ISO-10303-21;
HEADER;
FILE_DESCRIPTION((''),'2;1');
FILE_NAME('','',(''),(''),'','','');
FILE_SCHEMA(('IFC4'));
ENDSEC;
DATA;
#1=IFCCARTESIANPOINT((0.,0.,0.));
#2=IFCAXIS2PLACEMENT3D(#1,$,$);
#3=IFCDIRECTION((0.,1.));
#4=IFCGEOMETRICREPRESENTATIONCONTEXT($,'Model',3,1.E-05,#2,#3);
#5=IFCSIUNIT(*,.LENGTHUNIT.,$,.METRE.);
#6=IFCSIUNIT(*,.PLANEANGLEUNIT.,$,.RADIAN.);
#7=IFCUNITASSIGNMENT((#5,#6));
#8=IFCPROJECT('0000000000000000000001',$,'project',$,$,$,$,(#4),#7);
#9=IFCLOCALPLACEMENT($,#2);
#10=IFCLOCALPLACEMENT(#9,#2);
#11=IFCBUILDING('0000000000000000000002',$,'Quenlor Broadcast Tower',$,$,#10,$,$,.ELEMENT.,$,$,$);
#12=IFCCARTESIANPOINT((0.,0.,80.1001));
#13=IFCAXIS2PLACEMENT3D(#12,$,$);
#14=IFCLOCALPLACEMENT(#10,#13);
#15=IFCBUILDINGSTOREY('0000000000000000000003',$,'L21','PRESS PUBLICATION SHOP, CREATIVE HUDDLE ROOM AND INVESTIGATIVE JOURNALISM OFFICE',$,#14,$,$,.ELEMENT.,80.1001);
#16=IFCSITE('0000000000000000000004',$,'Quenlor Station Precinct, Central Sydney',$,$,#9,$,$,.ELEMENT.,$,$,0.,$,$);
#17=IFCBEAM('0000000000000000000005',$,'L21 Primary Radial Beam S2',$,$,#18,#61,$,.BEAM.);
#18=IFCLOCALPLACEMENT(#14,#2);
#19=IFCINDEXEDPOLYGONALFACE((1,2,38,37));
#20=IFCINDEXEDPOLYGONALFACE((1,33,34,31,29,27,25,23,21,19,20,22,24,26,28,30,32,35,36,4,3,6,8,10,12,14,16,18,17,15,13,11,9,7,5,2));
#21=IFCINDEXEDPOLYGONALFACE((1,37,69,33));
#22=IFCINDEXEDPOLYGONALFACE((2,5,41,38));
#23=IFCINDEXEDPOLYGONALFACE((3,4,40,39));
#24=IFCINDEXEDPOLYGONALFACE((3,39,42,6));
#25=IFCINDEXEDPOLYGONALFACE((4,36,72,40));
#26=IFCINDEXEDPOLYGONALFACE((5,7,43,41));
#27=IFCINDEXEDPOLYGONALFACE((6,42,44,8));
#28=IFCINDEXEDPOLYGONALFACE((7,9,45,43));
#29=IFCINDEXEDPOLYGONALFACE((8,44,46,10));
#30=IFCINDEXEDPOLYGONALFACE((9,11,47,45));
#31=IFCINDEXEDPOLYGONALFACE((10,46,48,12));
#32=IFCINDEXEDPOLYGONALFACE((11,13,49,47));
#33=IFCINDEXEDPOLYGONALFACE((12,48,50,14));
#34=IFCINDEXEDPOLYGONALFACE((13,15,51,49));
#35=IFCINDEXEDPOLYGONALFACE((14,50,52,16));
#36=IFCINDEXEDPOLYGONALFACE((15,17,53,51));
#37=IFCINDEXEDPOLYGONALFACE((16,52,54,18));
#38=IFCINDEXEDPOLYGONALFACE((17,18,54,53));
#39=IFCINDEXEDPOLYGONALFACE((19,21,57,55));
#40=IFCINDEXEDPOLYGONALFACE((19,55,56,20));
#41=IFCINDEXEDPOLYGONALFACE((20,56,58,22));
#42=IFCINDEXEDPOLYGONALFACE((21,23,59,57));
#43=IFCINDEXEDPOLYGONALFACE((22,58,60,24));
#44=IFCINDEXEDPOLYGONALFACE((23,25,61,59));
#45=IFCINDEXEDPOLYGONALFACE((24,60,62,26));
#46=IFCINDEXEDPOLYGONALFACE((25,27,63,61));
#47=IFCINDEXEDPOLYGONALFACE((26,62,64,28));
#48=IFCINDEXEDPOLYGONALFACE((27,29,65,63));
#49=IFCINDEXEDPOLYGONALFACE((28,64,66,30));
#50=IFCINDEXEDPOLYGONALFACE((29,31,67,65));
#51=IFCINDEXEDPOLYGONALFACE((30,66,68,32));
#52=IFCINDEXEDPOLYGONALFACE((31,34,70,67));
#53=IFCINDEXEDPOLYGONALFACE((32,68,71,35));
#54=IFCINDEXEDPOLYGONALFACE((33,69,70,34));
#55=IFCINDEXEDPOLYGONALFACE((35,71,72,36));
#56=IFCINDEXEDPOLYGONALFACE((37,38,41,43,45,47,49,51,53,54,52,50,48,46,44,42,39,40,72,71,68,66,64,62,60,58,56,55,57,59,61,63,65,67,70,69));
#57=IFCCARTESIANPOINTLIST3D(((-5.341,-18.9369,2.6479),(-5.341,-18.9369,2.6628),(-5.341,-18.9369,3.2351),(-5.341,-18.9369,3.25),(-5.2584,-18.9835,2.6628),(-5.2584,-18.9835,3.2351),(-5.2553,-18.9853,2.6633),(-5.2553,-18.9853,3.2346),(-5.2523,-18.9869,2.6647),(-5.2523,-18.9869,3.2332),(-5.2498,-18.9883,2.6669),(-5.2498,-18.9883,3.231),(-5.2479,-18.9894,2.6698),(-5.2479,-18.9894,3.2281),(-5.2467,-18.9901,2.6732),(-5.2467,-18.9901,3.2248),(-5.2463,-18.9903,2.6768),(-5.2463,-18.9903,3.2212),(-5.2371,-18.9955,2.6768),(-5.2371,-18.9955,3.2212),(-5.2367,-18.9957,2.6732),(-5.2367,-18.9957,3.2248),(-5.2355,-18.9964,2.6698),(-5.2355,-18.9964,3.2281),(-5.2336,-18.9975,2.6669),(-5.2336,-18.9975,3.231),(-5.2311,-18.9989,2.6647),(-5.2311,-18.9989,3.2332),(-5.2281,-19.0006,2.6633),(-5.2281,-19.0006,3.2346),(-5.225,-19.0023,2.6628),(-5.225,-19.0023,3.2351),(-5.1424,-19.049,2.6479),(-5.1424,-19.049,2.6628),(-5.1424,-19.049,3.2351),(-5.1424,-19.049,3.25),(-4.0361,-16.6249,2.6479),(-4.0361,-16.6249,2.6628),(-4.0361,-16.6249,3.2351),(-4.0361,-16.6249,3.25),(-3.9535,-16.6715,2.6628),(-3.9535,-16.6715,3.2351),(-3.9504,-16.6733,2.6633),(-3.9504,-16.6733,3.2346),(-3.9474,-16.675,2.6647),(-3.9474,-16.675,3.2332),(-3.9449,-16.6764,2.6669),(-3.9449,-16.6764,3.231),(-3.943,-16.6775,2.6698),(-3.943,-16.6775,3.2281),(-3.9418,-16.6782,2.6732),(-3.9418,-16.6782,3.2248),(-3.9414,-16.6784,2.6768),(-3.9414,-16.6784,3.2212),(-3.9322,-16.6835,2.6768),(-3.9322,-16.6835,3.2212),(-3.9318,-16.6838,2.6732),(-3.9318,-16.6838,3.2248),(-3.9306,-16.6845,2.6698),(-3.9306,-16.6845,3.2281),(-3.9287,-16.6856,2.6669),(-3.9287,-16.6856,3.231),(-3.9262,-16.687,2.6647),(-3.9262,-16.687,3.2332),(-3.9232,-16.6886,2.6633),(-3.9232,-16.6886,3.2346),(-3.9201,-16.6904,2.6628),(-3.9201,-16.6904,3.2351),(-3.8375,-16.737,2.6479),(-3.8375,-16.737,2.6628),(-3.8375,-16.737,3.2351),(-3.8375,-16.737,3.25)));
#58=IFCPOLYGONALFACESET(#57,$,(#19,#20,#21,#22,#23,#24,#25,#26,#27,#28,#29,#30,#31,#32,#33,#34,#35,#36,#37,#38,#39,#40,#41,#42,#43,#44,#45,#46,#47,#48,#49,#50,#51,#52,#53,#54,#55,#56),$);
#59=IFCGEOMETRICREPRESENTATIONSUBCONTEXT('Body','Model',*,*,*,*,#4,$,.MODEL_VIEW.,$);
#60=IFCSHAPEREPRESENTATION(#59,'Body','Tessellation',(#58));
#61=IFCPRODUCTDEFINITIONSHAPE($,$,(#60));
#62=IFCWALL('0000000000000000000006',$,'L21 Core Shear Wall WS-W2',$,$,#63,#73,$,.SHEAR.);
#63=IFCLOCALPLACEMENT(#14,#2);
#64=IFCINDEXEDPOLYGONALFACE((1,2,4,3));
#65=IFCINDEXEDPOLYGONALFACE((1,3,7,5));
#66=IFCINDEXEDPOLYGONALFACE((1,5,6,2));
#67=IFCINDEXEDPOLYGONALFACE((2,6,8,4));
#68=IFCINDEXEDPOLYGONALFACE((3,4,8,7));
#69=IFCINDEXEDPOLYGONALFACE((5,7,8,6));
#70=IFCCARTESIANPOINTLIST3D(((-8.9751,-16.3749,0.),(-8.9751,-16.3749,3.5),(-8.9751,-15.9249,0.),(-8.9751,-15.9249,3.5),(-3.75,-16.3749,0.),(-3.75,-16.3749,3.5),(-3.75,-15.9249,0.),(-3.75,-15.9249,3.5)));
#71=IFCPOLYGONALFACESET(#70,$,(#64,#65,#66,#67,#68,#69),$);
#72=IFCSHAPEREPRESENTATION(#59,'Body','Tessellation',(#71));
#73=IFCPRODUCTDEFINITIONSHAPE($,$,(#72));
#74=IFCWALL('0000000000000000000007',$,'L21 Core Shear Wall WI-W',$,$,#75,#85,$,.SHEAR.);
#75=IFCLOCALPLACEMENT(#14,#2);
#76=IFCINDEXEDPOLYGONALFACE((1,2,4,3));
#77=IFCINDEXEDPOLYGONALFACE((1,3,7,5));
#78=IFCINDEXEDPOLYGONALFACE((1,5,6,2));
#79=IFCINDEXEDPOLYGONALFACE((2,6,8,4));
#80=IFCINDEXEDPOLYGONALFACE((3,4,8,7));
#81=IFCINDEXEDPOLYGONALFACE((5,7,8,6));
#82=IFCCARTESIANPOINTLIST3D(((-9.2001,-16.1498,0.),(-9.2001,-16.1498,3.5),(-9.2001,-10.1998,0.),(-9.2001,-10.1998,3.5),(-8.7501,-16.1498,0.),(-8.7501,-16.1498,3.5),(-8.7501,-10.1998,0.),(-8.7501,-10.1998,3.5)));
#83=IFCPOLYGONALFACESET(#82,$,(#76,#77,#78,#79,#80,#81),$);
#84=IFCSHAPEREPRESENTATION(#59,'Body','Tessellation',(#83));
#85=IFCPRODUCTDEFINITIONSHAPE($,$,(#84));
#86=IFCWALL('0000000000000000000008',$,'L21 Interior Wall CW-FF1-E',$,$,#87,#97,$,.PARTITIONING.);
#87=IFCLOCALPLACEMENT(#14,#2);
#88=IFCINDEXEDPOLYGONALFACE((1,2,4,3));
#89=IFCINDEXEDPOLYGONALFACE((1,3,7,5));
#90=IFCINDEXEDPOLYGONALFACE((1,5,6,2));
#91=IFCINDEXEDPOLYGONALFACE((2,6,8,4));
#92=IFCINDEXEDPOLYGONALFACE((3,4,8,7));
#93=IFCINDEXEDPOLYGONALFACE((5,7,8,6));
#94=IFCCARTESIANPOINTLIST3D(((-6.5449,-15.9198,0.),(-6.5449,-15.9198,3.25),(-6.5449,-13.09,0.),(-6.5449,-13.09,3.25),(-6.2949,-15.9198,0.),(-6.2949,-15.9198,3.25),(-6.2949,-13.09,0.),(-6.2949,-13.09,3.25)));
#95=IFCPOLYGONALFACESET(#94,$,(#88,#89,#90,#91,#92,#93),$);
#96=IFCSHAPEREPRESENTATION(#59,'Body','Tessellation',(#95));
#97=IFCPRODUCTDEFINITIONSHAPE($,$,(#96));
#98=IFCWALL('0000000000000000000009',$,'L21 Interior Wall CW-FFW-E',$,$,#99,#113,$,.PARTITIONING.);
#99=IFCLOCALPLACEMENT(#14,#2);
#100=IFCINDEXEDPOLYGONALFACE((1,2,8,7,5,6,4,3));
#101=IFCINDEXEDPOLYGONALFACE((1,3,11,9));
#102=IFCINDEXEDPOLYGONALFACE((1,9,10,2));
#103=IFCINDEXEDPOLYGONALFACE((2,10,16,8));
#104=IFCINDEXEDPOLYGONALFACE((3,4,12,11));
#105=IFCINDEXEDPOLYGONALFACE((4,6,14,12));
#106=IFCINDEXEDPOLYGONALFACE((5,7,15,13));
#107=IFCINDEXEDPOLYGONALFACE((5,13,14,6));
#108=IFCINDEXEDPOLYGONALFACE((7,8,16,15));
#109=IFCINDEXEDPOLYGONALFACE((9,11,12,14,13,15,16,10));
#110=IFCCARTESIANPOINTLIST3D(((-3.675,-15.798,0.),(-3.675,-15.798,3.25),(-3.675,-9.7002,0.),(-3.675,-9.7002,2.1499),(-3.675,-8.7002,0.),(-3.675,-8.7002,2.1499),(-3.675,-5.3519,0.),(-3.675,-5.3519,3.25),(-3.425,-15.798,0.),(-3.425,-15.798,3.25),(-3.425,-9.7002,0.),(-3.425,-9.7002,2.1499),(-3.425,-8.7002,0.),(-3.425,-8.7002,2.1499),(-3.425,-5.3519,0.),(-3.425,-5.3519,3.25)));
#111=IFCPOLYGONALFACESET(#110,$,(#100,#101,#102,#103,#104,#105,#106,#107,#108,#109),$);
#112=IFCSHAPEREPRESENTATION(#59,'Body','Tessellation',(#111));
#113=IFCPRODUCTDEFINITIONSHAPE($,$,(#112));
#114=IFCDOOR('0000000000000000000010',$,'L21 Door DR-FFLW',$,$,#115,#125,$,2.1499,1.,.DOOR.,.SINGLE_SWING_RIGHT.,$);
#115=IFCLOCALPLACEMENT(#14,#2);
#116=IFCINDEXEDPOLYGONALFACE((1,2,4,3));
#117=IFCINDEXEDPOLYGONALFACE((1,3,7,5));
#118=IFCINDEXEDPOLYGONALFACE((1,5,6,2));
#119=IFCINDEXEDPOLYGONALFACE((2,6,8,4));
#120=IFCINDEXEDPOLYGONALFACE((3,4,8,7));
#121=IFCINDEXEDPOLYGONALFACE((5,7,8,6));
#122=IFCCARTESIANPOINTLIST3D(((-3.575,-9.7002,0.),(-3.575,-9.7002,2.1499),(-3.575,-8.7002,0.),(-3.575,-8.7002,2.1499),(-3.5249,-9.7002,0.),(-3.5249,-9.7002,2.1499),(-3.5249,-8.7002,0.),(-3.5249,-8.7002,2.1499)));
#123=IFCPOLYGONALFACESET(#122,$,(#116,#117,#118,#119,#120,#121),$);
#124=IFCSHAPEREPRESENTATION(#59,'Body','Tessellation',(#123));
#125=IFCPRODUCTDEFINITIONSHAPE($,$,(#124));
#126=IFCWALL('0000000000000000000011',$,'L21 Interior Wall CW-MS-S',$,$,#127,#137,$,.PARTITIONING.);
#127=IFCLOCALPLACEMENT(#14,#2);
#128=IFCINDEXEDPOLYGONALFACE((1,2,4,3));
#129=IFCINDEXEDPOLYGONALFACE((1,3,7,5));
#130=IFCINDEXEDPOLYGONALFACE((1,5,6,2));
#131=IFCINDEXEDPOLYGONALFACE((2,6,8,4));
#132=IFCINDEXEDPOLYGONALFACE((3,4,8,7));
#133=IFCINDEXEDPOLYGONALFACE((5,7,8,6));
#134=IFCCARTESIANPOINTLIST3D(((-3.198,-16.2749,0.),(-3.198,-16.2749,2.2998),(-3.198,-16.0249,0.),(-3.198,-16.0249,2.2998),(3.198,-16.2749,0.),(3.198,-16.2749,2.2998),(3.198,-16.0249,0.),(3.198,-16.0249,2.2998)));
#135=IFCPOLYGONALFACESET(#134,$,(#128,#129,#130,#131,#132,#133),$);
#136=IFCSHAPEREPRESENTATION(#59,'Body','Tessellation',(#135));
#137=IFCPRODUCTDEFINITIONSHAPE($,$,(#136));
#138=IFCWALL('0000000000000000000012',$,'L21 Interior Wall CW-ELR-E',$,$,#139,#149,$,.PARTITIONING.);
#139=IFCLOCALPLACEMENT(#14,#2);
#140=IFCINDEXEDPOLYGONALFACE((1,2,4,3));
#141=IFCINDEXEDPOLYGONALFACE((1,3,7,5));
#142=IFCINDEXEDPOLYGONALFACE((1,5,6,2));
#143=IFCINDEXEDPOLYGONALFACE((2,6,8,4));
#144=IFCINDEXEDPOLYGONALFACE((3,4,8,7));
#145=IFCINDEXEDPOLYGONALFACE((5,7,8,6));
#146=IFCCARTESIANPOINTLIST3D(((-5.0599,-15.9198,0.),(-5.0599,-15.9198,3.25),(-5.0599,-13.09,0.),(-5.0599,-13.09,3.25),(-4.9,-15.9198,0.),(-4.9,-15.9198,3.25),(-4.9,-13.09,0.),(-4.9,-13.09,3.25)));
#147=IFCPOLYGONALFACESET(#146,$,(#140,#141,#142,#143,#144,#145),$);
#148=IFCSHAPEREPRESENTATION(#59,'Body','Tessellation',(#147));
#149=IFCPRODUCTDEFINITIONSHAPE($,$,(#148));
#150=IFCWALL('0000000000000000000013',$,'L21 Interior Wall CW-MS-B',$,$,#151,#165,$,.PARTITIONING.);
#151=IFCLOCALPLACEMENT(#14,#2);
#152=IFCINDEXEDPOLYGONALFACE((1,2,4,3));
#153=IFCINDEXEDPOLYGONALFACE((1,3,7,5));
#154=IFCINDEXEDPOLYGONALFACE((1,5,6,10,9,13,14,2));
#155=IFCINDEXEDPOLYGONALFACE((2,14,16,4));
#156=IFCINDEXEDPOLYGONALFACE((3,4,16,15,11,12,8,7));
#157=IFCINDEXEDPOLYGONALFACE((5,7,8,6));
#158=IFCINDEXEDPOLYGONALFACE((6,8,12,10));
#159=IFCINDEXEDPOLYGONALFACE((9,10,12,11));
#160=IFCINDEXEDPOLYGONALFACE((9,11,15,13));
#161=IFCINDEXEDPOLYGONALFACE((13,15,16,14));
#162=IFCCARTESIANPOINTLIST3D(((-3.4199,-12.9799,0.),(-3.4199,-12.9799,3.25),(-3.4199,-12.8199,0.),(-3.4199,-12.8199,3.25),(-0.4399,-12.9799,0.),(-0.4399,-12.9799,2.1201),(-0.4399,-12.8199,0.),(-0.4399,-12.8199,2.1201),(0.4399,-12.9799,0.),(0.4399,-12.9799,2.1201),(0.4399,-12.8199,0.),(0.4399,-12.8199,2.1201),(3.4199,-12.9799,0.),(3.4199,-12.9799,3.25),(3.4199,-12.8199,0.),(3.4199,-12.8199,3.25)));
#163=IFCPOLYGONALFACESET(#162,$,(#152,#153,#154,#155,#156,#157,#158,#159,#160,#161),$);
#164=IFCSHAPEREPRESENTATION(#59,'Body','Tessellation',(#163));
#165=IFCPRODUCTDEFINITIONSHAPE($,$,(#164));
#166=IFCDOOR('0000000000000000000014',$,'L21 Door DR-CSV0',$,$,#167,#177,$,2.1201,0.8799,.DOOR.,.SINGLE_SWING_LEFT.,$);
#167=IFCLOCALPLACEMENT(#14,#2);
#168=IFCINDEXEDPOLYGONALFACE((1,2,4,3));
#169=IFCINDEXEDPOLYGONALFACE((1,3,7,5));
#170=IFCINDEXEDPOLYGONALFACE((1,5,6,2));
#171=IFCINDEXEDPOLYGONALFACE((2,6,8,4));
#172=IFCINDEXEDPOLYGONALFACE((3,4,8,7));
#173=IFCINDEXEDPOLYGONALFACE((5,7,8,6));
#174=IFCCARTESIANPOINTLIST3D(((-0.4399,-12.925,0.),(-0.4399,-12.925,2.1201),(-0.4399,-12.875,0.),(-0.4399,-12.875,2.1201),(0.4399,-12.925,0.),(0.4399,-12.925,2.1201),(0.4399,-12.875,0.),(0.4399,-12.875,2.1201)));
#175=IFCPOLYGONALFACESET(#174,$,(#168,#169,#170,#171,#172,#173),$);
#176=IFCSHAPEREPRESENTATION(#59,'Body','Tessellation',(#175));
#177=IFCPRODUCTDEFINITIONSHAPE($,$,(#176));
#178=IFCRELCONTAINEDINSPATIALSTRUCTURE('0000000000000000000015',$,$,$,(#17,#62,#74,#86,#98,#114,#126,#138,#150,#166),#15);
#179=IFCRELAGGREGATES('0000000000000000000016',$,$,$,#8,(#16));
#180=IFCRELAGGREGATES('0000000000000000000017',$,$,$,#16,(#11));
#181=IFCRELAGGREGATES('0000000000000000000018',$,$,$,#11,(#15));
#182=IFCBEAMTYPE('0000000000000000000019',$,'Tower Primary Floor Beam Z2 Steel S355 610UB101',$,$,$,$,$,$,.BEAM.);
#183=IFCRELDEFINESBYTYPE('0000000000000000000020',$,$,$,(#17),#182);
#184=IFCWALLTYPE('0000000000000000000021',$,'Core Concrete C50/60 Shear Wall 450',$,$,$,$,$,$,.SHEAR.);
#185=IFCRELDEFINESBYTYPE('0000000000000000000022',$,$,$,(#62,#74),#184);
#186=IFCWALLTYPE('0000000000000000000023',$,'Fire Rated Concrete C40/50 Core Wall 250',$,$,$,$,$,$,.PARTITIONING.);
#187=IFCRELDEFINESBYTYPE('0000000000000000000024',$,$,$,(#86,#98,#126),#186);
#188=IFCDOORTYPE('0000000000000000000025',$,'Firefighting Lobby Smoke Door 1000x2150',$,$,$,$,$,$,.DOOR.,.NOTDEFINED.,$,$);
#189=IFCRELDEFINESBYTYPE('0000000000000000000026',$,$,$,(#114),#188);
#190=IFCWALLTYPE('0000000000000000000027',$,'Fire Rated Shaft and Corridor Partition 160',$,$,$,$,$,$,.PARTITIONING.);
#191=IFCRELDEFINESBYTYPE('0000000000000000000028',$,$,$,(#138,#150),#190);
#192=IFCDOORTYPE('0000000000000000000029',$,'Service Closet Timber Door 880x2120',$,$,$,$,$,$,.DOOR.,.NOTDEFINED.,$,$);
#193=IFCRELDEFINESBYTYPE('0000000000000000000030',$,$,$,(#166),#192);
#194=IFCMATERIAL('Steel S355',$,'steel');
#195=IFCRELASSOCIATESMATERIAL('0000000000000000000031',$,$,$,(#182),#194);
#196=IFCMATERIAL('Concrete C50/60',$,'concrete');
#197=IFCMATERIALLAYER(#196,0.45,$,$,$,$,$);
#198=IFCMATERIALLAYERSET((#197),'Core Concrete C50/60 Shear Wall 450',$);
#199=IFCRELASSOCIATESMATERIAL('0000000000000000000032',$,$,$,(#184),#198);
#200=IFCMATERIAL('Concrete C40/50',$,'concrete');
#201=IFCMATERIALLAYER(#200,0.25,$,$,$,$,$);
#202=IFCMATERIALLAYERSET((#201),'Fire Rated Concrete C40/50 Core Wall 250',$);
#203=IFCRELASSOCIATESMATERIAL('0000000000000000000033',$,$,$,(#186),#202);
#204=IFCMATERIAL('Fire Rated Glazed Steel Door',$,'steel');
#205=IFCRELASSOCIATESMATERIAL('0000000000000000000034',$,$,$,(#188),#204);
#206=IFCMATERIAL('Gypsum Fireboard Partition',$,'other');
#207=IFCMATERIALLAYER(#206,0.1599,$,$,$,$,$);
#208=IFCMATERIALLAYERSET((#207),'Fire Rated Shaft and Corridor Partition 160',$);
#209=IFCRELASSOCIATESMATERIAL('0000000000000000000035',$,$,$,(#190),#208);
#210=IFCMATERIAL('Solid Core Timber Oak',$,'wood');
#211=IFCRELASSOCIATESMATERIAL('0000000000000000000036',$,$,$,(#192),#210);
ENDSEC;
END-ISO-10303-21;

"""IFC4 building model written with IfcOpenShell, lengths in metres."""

from ifc_helpers import new_model, si_unit, direction, frame, frame_2d, origin, origin_2d, place, context, subcontext, project, spatial, rectangle, i_section, extrude, material, layer, layer_set, material_profile, profile_set, type_object, element, fill, save


model = new_model("IFC4")

# Units and contexts
model_context = context("Model", 3, precision=1e-05, world=origin(), true_north=direction((0.0, 1.0)))
body_context = subcontext(model_context, "Body", "Model", "MODEL_VIEW")
ifc_project = project(units=[si_unit("LENGTHUNIT", "METRE"), si_unit("PLANEANGLEUNIT", "RADIAN")], contexts=[model_context])

# Site, building, storey
site_placement = place(None, origin())
site = spatial("IfcSite", under=ifc_project, at=site_placement, Name="Quenlor Station Precinct, Central Sydney", CompositionType="ELEMENT", RefElevation=0.0)
building_placement = place(site_placement, origin())
building = spatial("IfcBuilding", under=site, at=building_placement, Name="Quenlor Broadcast Tower", CompositionType="ELEMENT")
storey_placement = place(building_placement, frame((0.0, 0.0, 80.1001)))
storey = spatial("IfcBuildingStorey", under=building, at=storey_placement, Name="L21", Description="PRESS PUBLICATION SHOP, CREATIVE HUDDLE ROOM AND INVESTIGATIVE JOURNALISM OFFICE", CompositionType="ELEMENT", Elevation=80.1001)

# Beam
ifc_material_1 = material(Name="Steel S355", Category="steel")
ifc_material_profile_1 = material_profile(ifc_material_1, i_section(OverallWidth=0.228, OverallDepth=0.6021, WebThickness=0.0105, FlangeThickness=0.0149, FilletRadius=0.0139, at=origin_2d()))
ifc_profile_set_1 = profile_set([ifc_material_profile_1], Name="Steel S355 610UB101")
beam_type_1 = type_object("IfcBeamType", Name="Tower Primary Floor Beam Z2 Steel S355 610UB101", PredefinedType="BEAM", material=ifc_profile_set_1)
beam_1_placement = place(storey_placement, frame((-5.2417, -18.9929, 2.949), z_axis=(0.491527, 0.870862, 0.0), x_axis=(-0.870862, 0.491527, 0.0)))
element("IfcBeam", 1, at=beam_1_placement, inside=storey, type_object=beam_type_1, Name="L21 Primary Radial Beam S2", PredefinedType="BEAM", context=body_context, shape_type="SweptSolid", body=[
    extrude(i_section(OverallWidth=0.228, OverallDepth=0.6021, WebThickness=0.0105, FlangeThickness=0.0149, FilletRadius=0.0139, at=origin_2d()), origin(), (0.0, 0.0, 1.0), 2.6548),
])

# Walls
ifc_material_2 = material(Name="Concrete C50/60", Category="concrete")
ifc_layer_1 = layer(ifc_material_2, 0.45)
ifc_layer_set_1 = layer_set([ifc_layer_1], Name="Core Concrete C50/60 Shear Wall 450")
wall_type_1 = type_object("IfcWallType", Name="Core Concrete C50/60 Shear Wall 450", PredefinedType="SHEAR", material=ifc_layer_set_1)
wall_1_placement = place(storey_placement, frame((-8.9751, -16.1499, 0.0), z_axis=(0.0, 0.0, 1.0), x_axis=(1.0, 0.0, 0.0)))
element("IfcWall", 2, at=wall_1_placement, inside=storey, type_object=wall_type_1, Name="L21 Core Shear Wall WS-W2", PredefinedType="SHEAR", context=body_context, shape_type="SweptSolid", body=[
    extrude(rectangle(XDim=5.2251, YDim=0.45, at=frame_2d((2.6125, 0.0))), origin(), (0.0, 0.0, 1.0), 3.5),
])
wall_2_placement = place(storey_placement, frame((-8.9751, -16.1499, 0.0), z_axis=(0.0, 0.0, 1.0), x_axis=(0.0, 1.0, 0.0)))
element("IfcWall", 3, at=wall_2_placement, inside=storey, type_object=wall_type_1, Name="L21 Core Shear Wall WI-W", PredefinedType="SHEAR", context=body_context, shape_type="SweptSolid", body=[
    extrude(rectangle(XDim=5.95, YDim=0.45, at=frame_2d((2.9751, 0.0))), origin(), (0.0, 0.0, 1.0), 3.5),
])

# Shared definitions
ifc_material_3 = material(Name="Concrete C40/50", Category="concrete")
ifc_layer_2 = layer(ifc_material_3, 0.25)
ifc_layer_set_2 = layer_set([ifc_layer_2], Name="Fire Rated Concrete C40/50 Core Wall 250")
wall_type_2 = type_object("IfcWallType", Name="Fire Rated Concrete C40/50 Core Wall 250", PredefinedType="PARTITIONING", material=ifc_layer_set_2)

# Wall
wall_3_placement = place(storey_placement, frame((-6.4199, -15.9199, 0.0), z_axis=(0.0, 0.0, 1.0), x_axis=(0.0, 1.0, 0.0)))
element("IfcWall", 4, at=wall_3_placement, inside=storey, type_object=wall_type_2, Name="L21 Interior Wall CW-FF1-E", PredefinedType="PARTITIONING", context=body_context, shape_type="SweptSolid", body=[
    extrude(rectangle(XDim=2.8298, YDim=0.25, at=frame_2d((1.415, 0.0))), origin(), (0.0, 0.0, 1.0), 3.25),
])

# Wall, opening, door
wall_4_placement = place(storey_placement, frame((-3.55, -15.7981, 0.0), z_axis=(0.0, 0.0, 1.0), x_axis=(0.0, 1.0, 0.0)))
wall_4 = element("IfcWall", 5, at=wall_4_placement, inside=storey, type_object=wall_type_2, Name="L21 Interior Wall CW-FFW-E", PredefinedType="PARTITIONING", context=body_context, shape_type="SweptSolid", body=[
    extrude(rectangle(XDim=10.446, YDim=0.25, at=frame_2d((5.2231, 0.0))), origin(), (0.0, 0.0, 1.0), 3.25),
])
opening_1_placement = place(wall_4_placement, frame((6.0979, 0.0, 0.0)))
opening_1 = element("IfcOpeningElement", 6, at=opening_1_placement, cuts=wall_4, PredefinedType="OPENING", context=body_context, shape_type="SweptSolid", body=[
    extrude(rectangle(XDim=1.0, YDim=2.1499, at=frame_2d((0.5, 1.075))), frame((0.0, 0.135, 0.0), z_axis=(0.0, -1.0, 0.0), x_axis=(1.0, 0.0, 0.0)), (0.0, 0.0, 1.0), 0.27),
])
ifc_material_4 = material(Name="Fire Rated Glazed Steel Door", Category="steel")
door_type_1 = type_object("IfcDoorType", Name="Firefighting Lobby Smoke Door 1000x2150", OperationType="NOTDEFINED", PredefinedType="DOOR", material=ifc_material_4)
door_1_placement = place(opening_1_placement, origin())
door_1 = element("IfcDoor", 7, at=door_1_placement, inside=storey, type_object=door_type_1, Name="L21 Door DR-FFLW", OperationType="SINGLE_SWING_RIGHT", OverallHeight=2.1499, OverallWidth=1.0, PredefinedType="DOOR", context=body_context, shape_type="SweptSolid", body=[
    extrude(rectangle(XDim=1.0, YDim=2.1499, at=frame_2d((0.5, 1.075))), frame((0.0, 0.0249, 0.0), z_axis=(0.0, -1.0, 0.0), x_axis=(1.0, 0.0, 0.0)), (0.0, 0.0, 1.0), 0.05),
])
fill(opening_1, door_1)

# Walls
wall_5_placement = place(storey_placement, frame((-3.198, -16.1499, 0.0), z_axis=(0.0, 0.0, 1.0), x_axis=(1.0, 0.0, 0.0)))
element("IfcWall", 8, at=wall_5_placement, inside=storey, type_object=wall_type_2, Name="L21 Interior Wall CW-MS-S", PredefinedType="PARTITIONING", context=body_context, shape_type="SweptSolid", body=[
    extrude(rectangle(XDim=6.396, YDim=0.25, at=frame_2d((3.198, 0.0))), origin(), (0.0, 0.0, 1.0), 2.2998),
])
ifc_material_5 = material(Name="Gypsum Fireboard Partition", Category="other")
ifc_layer_3 = layer(ifc_material_5, 0.1599)
ifc_layer_set_3 = layer_set([ifc_layer_3], Name="Fire Rated Shaft and Corridor Partition 160")
wall_type_3 = type_object("IfcWallType", Name="Fire Rated Shaft and Corridor Partition 160", PredefinedType="PARTITIONING", material=ifc_layer_set_3)
wall_6_placement = place(storey_placement, frame((-4.98, -15.9199, 0.0), z_axis=(0.0, 0.0, 1.0), x_axis=(0.0, 1.0, 0.0)))
element("IfcWall", 9, at=wall_6_placement, inside=storey, type_object=wall_type_3, Name="L21 Interior Wall CW-ELR-E", PredefinedType="PARTITIONING", context=body_context, shape_type="SweptSolid", body=[
    extrude(rectangle(XDim=2.8298, YDim=0.1599, at=frame_2d((1.415, 0.0))), origin(), (0.0, 0.0, 1.0), 3.25),
])

# Wall, opening, door
wall_7_placement = place(storey_placement, frame((-3.4199, -12.8999, 0.0), z_axis=(0.0, 0.0, 1.0), x_axis=(1.0, 0.0, 0.0)))
wall_7 = element("IfcWall", 10, at=wall_7_placement, inside=storey, type_object=wall_type_3, Name="L21 Interior Wall CW-MS-B", PredefinedType="PARTITIONING", context=body_context, shape_type="SweptSolid", body=[
    extrude(rectangle(XDim=6.8398, YDim=0.1599, at=frame_2d((3.4199, 0.0))), origin(), (0.0, 0.0, 1.0), 3.25),
])
opening_2_placement = place(wall_7_placement, frame((2.98, 0.0, 0.0)))
opening_2 = element("IfcOpeningElement", 11, at=opening_2_placement, cuts=wall_7, PredefinedType="OPENING", context=body_context, shape_type="SweptSolid", body=[
    extrude(rectangle(XDim=0.8799, YDim=2.1201, at=frame_2d((0.4399, 1.0601))), frame((0.0, 0.0898, 0.0), z_axis=(0.0, -1.0, 0.0), x_axis=(1.0, 0.0, 0.0)), (0.0, 0.0, 1.0), 0.1799),
])
ifc_material_6 = material(Name="Solid Core Timber Oak", Category="wood")
door_type_2 = type_object("IfcDoorType", Name="Service Closet Timber Door 880x2120", OperationType="NOTDEFINED", PredefinedType="DOOR", material=ifc_material_6)
door_2_placement = place(opening_2_placement, origin())
door_2 = element("IfcDoor", 12, at=door_2_placement, inside=storey, type_object=door_type_2, Name="L21 Door DR-CSV0", OperationType="SINGLE_SWING_LEFT", OverallHeight=2.1201, OverallWidth=0.8799, PredefinedType="DOOR", context=body_context, shape_type="SweptSolid", body=[
    extrude(rectangle(XDim=0.8799, YDim=2.1201, at=frame_2d((0.4399, 1.0601))), frame((0.0, 0.0249, 0.0), z_axis=(0.0, -1.0, 0.0), x_axis=(1.0, 0.0, 0.0)), (0.0, 0.0, 1.0), 0.05),
])
fill(opening_2, door_2)

save(model, "model.ifc")
